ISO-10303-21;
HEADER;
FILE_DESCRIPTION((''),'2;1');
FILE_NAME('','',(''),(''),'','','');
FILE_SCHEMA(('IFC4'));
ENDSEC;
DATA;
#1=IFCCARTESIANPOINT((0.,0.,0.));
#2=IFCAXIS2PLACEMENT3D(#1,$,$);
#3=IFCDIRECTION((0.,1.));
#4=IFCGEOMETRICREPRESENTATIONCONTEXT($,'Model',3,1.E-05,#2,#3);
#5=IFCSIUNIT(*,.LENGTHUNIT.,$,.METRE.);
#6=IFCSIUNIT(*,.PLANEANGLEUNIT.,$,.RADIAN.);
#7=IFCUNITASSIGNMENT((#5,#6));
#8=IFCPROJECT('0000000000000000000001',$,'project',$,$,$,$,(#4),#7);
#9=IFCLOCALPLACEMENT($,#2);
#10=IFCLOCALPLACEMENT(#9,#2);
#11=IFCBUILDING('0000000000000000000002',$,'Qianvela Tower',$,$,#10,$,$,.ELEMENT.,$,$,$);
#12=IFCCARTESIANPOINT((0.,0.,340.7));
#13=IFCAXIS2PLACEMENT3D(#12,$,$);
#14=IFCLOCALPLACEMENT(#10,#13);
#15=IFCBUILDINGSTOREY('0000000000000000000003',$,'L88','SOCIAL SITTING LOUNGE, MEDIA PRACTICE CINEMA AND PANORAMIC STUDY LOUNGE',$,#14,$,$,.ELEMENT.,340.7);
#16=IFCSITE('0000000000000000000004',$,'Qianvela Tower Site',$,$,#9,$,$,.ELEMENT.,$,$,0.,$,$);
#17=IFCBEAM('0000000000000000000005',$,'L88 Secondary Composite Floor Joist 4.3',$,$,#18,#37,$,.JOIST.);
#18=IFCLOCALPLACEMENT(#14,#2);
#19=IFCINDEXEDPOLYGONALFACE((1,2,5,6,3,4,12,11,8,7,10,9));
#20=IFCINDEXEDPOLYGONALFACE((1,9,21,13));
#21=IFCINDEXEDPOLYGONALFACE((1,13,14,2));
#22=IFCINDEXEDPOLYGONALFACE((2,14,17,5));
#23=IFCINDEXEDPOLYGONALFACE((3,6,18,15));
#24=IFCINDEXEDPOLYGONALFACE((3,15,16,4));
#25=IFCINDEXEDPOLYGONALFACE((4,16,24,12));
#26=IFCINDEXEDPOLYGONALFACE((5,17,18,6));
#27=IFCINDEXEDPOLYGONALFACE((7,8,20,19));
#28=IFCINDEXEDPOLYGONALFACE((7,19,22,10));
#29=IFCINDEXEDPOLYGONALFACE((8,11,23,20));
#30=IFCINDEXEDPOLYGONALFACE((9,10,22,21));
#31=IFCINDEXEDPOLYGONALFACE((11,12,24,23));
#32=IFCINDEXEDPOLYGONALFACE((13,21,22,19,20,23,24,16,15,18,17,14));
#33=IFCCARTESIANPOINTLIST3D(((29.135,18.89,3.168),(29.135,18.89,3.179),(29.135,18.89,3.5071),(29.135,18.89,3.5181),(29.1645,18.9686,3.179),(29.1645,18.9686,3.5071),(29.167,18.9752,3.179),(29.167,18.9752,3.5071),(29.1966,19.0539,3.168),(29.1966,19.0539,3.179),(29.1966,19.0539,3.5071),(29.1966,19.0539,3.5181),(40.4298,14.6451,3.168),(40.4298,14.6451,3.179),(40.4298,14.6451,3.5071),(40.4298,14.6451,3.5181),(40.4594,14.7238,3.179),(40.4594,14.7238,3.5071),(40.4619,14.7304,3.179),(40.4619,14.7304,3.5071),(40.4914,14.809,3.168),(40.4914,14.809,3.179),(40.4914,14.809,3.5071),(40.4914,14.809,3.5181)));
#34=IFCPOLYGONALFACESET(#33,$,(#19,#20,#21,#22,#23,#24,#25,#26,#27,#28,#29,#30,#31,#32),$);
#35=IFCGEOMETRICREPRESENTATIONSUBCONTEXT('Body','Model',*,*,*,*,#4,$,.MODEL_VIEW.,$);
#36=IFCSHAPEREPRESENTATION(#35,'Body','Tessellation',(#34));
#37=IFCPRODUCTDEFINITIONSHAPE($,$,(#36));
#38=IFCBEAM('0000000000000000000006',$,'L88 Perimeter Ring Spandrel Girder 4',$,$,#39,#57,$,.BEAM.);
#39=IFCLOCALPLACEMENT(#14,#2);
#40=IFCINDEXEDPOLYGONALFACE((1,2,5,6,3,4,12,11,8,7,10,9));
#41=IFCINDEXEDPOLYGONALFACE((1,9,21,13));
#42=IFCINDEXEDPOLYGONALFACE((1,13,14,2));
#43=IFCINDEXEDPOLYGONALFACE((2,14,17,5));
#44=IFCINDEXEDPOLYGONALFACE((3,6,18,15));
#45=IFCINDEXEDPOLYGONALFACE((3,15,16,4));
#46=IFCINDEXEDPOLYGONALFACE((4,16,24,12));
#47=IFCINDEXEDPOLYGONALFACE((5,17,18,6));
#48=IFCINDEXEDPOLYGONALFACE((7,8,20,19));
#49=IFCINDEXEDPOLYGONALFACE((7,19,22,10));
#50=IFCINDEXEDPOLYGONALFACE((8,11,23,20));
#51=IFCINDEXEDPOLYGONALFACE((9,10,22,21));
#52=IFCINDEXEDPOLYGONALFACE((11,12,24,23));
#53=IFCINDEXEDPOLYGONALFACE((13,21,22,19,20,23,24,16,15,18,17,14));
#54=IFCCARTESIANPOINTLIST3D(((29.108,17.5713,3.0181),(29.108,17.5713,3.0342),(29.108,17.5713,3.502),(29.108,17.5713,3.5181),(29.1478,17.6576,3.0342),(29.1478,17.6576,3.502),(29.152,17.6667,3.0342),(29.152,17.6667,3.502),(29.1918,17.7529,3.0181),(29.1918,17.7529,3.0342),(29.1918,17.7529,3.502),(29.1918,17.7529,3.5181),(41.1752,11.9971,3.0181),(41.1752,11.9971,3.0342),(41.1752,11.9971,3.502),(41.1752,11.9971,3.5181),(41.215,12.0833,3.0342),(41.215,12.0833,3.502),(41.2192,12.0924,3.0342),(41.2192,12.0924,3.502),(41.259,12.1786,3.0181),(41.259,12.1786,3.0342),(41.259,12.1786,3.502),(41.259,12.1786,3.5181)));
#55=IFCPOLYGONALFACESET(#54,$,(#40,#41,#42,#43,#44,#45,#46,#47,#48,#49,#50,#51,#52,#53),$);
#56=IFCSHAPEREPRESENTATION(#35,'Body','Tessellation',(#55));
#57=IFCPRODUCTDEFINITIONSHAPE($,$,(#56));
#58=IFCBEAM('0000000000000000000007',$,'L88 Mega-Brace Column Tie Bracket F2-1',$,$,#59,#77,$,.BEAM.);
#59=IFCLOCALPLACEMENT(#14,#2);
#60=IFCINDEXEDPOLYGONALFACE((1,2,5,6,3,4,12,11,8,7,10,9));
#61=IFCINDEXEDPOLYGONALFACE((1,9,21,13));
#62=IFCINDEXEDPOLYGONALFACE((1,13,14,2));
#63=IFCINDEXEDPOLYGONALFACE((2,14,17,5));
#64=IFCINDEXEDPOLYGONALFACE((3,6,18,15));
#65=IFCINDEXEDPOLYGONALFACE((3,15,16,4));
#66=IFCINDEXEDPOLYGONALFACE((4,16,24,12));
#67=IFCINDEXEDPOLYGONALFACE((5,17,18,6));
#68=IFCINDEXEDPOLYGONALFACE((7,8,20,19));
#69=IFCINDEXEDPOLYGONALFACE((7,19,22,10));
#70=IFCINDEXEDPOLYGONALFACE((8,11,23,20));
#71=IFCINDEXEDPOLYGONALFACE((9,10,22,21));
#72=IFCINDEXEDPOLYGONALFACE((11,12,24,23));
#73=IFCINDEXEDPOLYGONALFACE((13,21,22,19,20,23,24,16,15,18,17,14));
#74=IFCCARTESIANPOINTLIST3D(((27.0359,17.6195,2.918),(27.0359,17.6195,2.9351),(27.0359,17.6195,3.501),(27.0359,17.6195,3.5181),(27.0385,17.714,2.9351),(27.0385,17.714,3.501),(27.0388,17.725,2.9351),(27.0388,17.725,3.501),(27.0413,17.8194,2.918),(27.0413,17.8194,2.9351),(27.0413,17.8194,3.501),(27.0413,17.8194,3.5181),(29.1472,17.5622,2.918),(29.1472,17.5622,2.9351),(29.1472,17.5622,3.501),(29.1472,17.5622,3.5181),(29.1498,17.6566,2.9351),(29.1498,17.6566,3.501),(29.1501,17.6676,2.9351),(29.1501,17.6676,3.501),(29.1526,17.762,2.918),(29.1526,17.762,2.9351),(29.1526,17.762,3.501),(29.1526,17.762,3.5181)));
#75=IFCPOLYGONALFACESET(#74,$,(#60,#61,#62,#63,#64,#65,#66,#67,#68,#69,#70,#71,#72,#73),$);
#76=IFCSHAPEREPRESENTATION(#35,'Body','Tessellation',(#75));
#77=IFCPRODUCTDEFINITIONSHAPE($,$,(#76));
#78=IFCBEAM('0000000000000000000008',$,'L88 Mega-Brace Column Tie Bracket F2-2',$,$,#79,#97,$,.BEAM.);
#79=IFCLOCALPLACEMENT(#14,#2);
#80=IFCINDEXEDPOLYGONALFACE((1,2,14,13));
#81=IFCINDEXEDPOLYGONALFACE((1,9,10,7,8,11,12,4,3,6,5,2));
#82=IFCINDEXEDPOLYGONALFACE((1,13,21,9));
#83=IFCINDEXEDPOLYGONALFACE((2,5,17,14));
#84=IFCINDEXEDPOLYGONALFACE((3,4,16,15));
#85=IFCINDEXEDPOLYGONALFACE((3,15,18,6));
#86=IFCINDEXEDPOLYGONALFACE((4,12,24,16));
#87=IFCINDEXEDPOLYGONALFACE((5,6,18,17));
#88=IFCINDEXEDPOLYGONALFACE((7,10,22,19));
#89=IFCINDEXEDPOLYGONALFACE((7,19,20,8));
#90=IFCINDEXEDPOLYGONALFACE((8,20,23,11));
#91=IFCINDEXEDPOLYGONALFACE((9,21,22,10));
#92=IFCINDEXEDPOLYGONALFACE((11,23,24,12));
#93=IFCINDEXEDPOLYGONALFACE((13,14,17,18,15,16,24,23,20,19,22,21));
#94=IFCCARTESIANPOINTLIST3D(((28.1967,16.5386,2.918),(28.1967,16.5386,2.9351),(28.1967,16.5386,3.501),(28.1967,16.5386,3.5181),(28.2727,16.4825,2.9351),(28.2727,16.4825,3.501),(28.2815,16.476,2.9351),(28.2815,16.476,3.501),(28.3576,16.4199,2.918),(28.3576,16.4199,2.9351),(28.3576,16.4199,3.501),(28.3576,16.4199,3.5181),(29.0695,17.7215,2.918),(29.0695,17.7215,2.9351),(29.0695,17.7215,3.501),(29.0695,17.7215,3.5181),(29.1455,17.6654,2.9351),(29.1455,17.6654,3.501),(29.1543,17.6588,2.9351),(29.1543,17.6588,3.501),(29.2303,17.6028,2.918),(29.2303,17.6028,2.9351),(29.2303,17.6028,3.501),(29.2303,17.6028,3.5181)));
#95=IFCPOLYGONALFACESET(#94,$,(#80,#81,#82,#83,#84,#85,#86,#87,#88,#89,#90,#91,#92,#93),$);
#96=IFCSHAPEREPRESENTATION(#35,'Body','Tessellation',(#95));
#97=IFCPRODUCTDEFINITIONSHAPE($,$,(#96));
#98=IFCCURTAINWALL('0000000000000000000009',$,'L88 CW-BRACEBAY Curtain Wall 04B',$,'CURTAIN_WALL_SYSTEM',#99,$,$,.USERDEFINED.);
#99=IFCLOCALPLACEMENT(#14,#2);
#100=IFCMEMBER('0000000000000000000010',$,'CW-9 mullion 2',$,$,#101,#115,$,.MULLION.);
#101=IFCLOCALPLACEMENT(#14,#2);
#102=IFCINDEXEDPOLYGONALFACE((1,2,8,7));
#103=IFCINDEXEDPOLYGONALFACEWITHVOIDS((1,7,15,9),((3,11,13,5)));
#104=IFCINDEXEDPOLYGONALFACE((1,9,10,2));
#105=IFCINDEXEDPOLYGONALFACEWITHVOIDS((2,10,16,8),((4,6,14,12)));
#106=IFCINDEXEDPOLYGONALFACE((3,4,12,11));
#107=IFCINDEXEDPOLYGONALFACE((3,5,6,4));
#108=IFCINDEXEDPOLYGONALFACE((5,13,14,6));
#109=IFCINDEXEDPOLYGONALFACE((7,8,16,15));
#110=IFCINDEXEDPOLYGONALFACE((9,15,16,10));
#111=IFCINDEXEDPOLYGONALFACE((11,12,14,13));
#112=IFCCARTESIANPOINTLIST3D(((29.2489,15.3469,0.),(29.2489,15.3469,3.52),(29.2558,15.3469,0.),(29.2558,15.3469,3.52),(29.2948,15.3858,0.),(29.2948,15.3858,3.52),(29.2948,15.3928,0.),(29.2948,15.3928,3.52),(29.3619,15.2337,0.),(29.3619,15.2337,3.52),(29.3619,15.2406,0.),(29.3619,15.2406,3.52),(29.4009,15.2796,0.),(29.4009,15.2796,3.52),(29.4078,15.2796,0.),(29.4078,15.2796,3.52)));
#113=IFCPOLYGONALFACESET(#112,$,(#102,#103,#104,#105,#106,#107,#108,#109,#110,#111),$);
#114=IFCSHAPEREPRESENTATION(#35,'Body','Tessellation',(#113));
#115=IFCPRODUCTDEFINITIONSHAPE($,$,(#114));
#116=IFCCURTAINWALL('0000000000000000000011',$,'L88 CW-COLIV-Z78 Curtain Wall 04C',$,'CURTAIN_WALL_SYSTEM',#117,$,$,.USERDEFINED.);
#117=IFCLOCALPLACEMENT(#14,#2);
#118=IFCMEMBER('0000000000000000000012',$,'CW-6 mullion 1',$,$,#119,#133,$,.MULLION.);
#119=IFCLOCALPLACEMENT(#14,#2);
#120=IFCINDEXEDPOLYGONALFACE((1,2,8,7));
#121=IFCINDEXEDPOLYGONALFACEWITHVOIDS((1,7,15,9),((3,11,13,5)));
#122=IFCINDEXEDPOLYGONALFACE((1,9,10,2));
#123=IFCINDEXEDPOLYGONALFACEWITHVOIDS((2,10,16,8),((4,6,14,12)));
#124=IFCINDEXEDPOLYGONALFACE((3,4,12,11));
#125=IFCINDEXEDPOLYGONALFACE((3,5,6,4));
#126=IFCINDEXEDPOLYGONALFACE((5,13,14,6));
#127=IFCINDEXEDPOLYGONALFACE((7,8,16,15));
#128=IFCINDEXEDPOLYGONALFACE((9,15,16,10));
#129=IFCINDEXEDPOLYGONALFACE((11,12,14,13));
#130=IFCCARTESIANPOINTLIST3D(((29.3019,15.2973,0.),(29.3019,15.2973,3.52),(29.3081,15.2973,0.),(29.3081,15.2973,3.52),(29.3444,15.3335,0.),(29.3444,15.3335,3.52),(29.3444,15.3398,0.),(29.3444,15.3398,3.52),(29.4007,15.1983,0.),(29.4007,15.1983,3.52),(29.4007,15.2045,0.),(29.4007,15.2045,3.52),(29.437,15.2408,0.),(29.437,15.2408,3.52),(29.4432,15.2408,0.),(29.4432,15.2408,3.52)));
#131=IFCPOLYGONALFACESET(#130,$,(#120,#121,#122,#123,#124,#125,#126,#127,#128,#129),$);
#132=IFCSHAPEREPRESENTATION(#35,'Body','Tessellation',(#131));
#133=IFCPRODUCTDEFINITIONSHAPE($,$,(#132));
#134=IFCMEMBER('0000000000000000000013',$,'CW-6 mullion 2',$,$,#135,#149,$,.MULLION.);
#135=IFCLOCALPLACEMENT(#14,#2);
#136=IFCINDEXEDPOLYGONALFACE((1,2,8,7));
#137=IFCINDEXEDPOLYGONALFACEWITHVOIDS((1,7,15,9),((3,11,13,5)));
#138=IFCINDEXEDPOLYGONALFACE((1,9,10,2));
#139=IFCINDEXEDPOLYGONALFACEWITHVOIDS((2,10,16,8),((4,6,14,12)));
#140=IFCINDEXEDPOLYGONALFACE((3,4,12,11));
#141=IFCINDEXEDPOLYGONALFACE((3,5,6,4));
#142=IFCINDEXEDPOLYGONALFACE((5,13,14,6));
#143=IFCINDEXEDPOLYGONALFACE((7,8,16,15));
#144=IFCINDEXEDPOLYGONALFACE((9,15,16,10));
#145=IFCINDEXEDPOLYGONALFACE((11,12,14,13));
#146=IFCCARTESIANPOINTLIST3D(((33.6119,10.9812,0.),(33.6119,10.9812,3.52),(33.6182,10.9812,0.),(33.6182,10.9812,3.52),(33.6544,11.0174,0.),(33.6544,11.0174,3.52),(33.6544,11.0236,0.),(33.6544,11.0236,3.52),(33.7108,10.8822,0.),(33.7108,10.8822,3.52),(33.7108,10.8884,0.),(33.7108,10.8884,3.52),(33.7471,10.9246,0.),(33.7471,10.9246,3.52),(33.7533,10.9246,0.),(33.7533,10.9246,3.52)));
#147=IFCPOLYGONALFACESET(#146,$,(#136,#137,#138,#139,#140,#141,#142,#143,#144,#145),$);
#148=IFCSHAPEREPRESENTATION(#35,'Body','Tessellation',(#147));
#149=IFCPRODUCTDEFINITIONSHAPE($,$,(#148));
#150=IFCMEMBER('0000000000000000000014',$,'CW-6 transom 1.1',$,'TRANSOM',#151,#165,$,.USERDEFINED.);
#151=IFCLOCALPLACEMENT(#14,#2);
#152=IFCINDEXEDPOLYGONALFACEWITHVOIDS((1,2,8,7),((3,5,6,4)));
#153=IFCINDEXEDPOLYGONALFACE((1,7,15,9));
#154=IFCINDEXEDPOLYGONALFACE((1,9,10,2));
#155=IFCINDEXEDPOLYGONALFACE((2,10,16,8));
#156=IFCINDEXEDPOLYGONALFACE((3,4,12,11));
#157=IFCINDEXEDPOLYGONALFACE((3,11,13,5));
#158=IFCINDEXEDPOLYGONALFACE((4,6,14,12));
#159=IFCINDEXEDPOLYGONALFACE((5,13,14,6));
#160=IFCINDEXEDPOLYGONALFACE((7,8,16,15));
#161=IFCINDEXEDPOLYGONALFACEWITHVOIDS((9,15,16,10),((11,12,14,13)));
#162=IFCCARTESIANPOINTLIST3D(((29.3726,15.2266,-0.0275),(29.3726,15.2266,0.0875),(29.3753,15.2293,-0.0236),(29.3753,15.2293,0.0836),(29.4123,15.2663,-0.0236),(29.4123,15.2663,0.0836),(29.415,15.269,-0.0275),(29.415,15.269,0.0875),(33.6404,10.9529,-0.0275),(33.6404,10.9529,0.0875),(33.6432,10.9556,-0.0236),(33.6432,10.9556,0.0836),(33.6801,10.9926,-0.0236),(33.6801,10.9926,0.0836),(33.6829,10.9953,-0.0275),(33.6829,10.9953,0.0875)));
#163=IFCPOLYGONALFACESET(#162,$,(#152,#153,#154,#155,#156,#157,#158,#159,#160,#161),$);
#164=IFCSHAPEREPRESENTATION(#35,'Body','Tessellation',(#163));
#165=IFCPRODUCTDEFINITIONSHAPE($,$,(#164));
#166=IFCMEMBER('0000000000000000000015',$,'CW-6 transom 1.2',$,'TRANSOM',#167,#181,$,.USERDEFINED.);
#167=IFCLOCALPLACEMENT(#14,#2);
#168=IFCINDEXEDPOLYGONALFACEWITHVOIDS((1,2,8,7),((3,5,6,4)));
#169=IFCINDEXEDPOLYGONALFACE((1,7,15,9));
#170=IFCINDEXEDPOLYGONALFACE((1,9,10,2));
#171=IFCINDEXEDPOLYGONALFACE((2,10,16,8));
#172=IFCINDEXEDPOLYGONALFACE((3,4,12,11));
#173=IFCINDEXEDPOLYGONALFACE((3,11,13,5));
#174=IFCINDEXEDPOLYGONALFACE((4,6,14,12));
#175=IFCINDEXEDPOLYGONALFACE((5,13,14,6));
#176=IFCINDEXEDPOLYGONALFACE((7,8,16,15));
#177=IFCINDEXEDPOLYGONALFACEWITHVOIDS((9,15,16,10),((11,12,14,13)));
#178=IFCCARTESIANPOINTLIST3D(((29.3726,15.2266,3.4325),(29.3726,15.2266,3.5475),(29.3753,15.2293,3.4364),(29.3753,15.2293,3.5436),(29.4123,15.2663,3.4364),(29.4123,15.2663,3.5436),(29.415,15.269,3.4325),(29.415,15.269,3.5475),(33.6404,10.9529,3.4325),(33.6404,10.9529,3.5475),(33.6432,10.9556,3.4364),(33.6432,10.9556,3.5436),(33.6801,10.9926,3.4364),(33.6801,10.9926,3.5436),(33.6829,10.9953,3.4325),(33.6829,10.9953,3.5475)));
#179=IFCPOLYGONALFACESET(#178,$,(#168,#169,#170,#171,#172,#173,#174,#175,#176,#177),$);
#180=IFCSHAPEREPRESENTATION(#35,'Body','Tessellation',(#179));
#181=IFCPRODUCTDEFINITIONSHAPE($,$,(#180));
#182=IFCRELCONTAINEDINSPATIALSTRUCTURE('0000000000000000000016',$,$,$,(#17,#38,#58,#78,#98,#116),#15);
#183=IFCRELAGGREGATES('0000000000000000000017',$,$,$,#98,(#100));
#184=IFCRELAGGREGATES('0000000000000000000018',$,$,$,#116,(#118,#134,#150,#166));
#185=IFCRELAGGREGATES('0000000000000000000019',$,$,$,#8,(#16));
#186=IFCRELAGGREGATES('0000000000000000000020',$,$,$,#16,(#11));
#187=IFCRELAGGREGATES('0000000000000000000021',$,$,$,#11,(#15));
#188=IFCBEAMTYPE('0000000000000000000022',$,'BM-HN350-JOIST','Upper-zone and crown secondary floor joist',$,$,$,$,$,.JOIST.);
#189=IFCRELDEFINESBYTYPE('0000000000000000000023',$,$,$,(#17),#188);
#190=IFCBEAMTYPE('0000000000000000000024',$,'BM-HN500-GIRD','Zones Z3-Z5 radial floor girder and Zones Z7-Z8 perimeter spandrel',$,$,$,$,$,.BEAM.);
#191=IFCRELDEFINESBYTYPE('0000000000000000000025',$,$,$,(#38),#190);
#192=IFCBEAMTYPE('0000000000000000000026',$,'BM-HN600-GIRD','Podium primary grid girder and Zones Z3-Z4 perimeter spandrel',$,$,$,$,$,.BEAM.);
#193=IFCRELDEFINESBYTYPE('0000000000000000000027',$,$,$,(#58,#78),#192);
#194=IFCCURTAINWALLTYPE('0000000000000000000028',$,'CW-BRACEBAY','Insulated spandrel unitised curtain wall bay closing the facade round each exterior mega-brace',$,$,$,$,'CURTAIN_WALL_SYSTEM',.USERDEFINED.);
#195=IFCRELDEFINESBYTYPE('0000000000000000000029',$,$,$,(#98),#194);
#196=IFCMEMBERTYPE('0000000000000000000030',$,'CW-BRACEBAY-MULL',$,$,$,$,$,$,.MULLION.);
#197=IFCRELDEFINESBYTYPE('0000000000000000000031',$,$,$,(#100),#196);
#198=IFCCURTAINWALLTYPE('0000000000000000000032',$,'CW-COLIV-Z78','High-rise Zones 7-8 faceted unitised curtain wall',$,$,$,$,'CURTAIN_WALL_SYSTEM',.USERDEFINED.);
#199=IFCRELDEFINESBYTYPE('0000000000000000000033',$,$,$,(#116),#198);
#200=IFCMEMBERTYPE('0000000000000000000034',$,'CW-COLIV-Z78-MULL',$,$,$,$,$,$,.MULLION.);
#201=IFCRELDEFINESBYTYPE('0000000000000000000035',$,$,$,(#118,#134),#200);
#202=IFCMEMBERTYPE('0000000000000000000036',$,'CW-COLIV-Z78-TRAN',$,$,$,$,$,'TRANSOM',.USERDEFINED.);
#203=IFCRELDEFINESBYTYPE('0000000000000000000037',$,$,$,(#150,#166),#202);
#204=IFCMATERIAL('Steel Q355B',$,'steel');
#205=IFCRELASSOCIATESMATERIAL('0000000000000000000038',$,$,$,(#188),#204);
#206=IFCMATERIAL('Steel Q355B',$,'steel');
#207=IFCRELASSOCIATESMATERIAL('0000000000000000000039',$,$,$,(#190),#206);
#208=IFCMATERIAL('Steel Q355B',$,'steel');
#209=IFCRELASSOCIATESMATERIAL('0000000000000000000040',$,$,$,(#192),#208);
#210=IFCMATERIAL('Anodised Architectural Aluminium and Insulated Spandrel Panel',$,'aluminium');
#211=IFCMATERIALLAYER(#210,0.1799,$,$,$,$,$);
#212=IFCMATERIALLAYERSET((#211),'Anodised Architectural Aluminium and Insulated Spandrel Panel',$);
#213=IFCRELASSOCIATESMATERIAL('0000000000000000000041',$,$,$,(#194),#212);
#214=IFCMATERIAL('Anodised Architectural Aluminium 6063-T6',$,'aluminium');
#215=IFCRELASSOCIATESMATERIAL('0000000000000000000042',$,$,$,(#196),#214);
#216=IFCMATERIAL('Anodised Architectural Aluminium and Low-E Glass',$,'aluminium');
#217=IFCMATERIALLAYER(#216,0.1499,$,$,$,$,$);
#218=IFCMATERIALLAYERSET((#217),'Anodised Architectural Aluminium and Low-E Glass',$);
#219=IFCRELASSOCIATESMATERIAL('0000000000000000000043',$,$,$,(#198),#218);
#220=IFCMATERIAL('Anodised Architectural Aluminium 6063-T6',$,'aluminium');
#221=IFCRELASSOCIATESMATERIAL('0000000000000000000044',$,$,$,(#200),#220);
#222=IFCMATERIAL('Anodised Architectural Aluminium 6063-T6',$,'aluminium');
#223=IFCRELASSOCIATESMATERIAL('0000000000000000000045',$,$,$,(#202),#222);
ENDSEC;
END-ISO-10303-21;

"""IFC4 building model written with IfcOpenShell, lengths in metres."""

from ifc_helpers import new_model, si_unit, direction, frame, origin, origin_2d, place, context, subcontext, project, spatial, hollow_rectangle, i_section, extrude, material, layer, layer_set, material_profile, profile_set, type_object, element, aggregate, save


model = new_model("IFC4")

# Units and contexts
model_context = context("Model", 3, precision=1e-05, world=origin(), true_north=direction((0.0, 1.0)))
body_context = subcontext(model_context, "Body", "Model", "MODEL_VIEW")
ifc_project = project(units=[si_unit("LENGTHUNIT", "METRE"), si_unit("PLANEANGLEUNIT", "RADIAN")], contexts=[model_context])

# Site, building, storey
site_placement = place(None, origin())
site = spatial("IfcSite", under=ifc_project, at=site_placement, Name="Qianvela Tower Site", CompositionType="ELEMENT", RefElevation=0.0)
building_placement = place(site_placement, origin())
building = spatial("IfcBuilding", under=site, at=building_placement, Name="Qianvela Tower", CompositionType="ELEMENT")
storey_placement = place(building_placement, frame((0.0, 0.0, 340.7)))
storey = spatial("IfcBuildingStorey", under=building, at=storey_placement, Name="L88", Description="SOCIAL SITTING LOUNGE, MEDIA PRACTICE CINEMA AND PANORAMIC STUDY LOUNGE", CompositionType="ELEMENT", Elevation=340.7)

# Beams
ifc_material_1 = material(Name="Steel Q355B", Category="steel")
ifc_material_profile_1 = material_profile(ifc_material_1, i_section(OverallWidth=0.175, OverallDepth=0.3501, WebThickness=0.0071, FlangeThickness=0.011, at=origin_2d()), Name="HN350x175x7x11")
ifc_profile_set_1 = profile_set([ifc_material_profile_1], Name="Steel Q355B")
beam_type_1 = type_object("IfcBeamType", Name="BM-HN350-JOIST", Description="Upper-zone and crown secondary floor joist", PredefinedType="JOIST", material=ifc_profile_set_1)
beam_1_placement = place(storey_placement, frame((29.1658, 18.9719, 3.343), z_axis=(0.936076, -0.351797, 0.0), x_axis=(0.351797, 0.936076, 0.0)))
element("IfcBeam", 1, at=beam_1_placement, inside=storey, type_object=beam_type_1, Name="L88 Secondary Composite Floor Joist 4.3", PredefinedType="JOIST", context=body_context, shape_type="SweptSolid", body=[
    extrude(i_section(OverallWidth=0.175, OverallDepth=0.3501, WebThickness=0.0071, FlangeThickness=0.011, at=origin_2d()), origin(), (0.0, 0.0, 1.0), 12.0662),
])
ifc_material_2 = material(Name="Steel Q355B", Category="steel")
ifc_material_profile_2 = material_profile(ifc_material_2, i_section(OverallWidth=0.2, OverallDepth=0.5, WebThickness=0.01, FlangeThickness=0.0161, at=origin_2d()), Name="HN500x200x10x16")
ifc_profile_set_2 = profile_set([ifc_material_profile_2], Name="Steel Q355B")
beam_type_2 = type_object("IfcBeamType", Name="BM-HN500-GIRD", Description="Zones Z3-Z5 radial floor girder and Zones Z7-Z8 perimeter spandrel", PredefinedType="BEAM", material=ifc_profile_set_2)
beam_2_placement = place(storey_placement, frame((29.1499, 17.6621, 3.2681), z_axis=(0.907823, -0.419354, 0.0), x_axis=(0.419354, 0.907823, 0.0)))
element("IfcBeam", 2, at=beam_2_placement, inside=storey, type_object=beam_type_2, Name="L88 Perimeter Ring Spandrel Girder 4", PredefinedType="BEAM", context=body_context, shape_type="SweptSolid", body=[
    extrude(i_section(OverallWidth=0.2, OverallDepth=0.5, WebThickness=0.01, FlangeThickness=0.0161, at=origin_2d()), origin(), (0.0, 0.0, 1.0), 13.2925),
])
ifc_material_3 = material(Name="Steel Q355B", Category="steel")
ifc_material_profile_3 = material_profile(ifc_material_3, i_section(OverallWidth=0.2, OverallDepth=0.6001, WebThickness=0.011, FlangeThickness=0.0171, at=origin_2d()), Name="HN600x200x11x17")
ifc_profile_set_3 = profile_set([ifc_material_profile_3], Name="Steel Q355B")
beam_type_3 = type_object("IfcBeamType", Name="BM-HN600-GIRD", Description="Podium primary grid girder and Zones Z3-Z4 perimeter spandrel", PredefinedType="BEAM", material=ifc_profile_set_3)
beam_3_placement = place(storey_placement, frame((29.1499, 17.6621, 3.218), z_axis=(-0.999631, 0.027164, 0.0), x_axis=(-0.027164, -0.999631, 0.0)))
element("IfcBeam", 3, at=beam_3_placement, inside=storey, type_object=beam_type_3, Name="L88 Mega-Brace Column Tie Bracket F2-1", PredefinedType="BEAM", context=body_context, shape_type="SweptSolid", body=[
    extrude(i_section(OverallWidth=0.2, OverallDepth=0.6001, WebThickness=0.011, FlangeThickness=0.0171, at=origin_2d()), origin(), (0.0, 0.0, 1.0), 2.1121),
])
beam_4_placement = place(storey_placement, frame((29.1499, 17.6621, 3.218), z_axis=(-0.593737, -0.804659, 0.0), x_axis=(0.804659, -0.593737, 0.0)))
element("IfcBeam", 4, at=beam_4_placement, inside=storey, type_object=beam_type_3, Name="L88 Mega-Brace Column Tie Bracket F2-2", PredefinedType="BEAM", context=body_context, shape_type="SweptSolid", body=[
    extrude(i_section(OverallWidth=0.2, OverallDepth=0.6001, WebThickness=0.011, FlangeThickness=0.0171, at=origin_2d()), origin(), (0.0, 0.0, 1.0), 1.47),
])

# Curtain wall, member
ifc_material_4 = material(Name="Anodised Architectural Aluminium and Insulated Spandrel Panel", Category="aluminium")
ifc_layer_1 = layer(ifc_material_4, 0.1799)
ifc_layer_set_1 = layer_set([ifc_layer_1], Name="Anodised Architectural Aluminium and Insulated Spandrel Panel")
curtain_wall_type_1 = type_object("IfcCurtainWallType", Name="CW-BRACEBAY", Description="Insulated spandrel unitised curtain wall bay closing the facade round each exterior mega-brace", ElementType="CURTAIN_WALL_SYSTEM", PredefinedType="USERDEFINED", material=ifc_layer_set_1)
curtain_wall_1_placement = place(storey_placement, origin())
curtain_wall_1 = element("IfcCurtainWall", 5, at=curtain_wall_1_placement, inside=storey, type_object=curtain_wall_type_1, Name="L88 CW-BRACEBAY Curtain Wall 04B", ObjectType="CURTAIN_WALL_SYSTEM", PredefinedType="USERDEFINED")
ifc_material_5 = material(Name="Anodised Architectural Aluminium 6063-T6", Category="aluminium")
ifc_material_profile_4 = material_profile(ifc_material_5, hollow_rectangle(XDim=0.0649, YDim=0.1599, WallThickness=0.0049, at=origin_2d()), Name="ALU-MULL-65x160")
ifc_profile_set_4 = profile_set([ifc_material_profile_4], Name="Anodised Architectural Aluminium 6063-T6")
member_type_1 = type_object("IfcMemberType", Name="CW-BRACEBAY-MULL", PredefinedType="MULLION", material=ifc_profile_set_4)
member_1_placement = place(storey_placement, frame((29.3284, 15.3132, 0.0), z_axis=(0.0, 0.0, 1.0), x_axis=(0.707595, 0.706618, 0.0)))
member_1 = element("IfcMember", 6, at=member_1_placement, type_object=member_type_1, Name="CW-9 mullion 2", PredefinedType="MULLION", context=body_context, shape_type="SweptSolid", body=[
    extrude(hollow_rectangle(XDim=0.0649, YDim=0.1599, WallThickness=0.0049, at=origin_2d()), origin(), (0.0, 0.0, 1.0), 3.52),
])

# Curtain wall, members
ifc_material_6 = material(Name="Anodised Architectural Aluminium and Low-E Glass", Category="aluminium")
ifc_layer_2 = layer(ifc_material_6, 0.1499)
ifc_layer_set_2 = layer_set([ifc_layer_2], Name="Anodised Architectural Aluminium and Low-E Glass")
curtain_wall_type_2 = type_object("IfcCurtainWallType", Name="CW-COLIV-Z78", Description="High-rise Zones 7-8 faceted unitised curtain wall", ElementType="CURTAIN_WALL_SYSTEM", PredefinedType="USERDEFINED", material=ifc_layer_set_2)
curtain_wall_2_placement = place(storey_placement, origin())
curtain_wall_2 = element("IfcCurtainWall", 7, at=curtain_wall_2_placement, inside=storey, type_object=curtain_wall_type_2, Name="L88 CW-COLIV-Z78 Curtain Wall 04C", ObjectType="CURTAIN_WALL_SYSTEM", PredefinedType="USERDEFINED")
ifc_material_7 = material(Name="Anodised Architectural Aluminium 6063-T6", Category="aluminium")
ifc_material_profile_5 = material_profile(ifc_material_7, hollow_rectangle(XDim=0.0601, YDim=0.1399, WallThickness=0.0044, at=origin_2d()), Name="ALU-MULL-60x140")
ifc_profile_set_5 = profile_set([ifc_material_profile_5], Name="Anodised Architectural Aluminium 6063-T6")
member_type_2 = type_object("IfcMemberType", Name="CW-COLIV-Z78-MULL", PredefinedType="MULLION", material=ifc_profile_set_5)
member_2_placement = place(storey_placement, frame((29.3726, 15.269, 0.0), z_axis=(0.0, 0.0, 1.0), x_axis=(0.7076, 0.706613, 0.0)))
member_2 = element("IfcMember", 8, at=member_2_placement, type_object=member_type_2, Name="CW-6 mullion 1", PredefinedType="MULLION", context=body_context, shape_type="SweptSolid", body=[
    extrude(hollow_rectangle(XDim=0.0601, YDim=0.1399, WallThickness=0.0044, at=origin_2d()), origin(), (0.0, 0.0, 1.0), 3.52),
])
member_3_placement = place(storey_placement, frame((33.6826, 10.9529, 0.0), z_axis=(0.0, 0.0, 1.0), x_axis=(0.7076, 0.706613, 0.0)))
member_3 = element("IfcMember", 9, at=member_3_placement, type_object=member_type_2, Name="CW-6 mullion 2", PredefinedType="MULLION", context=body_context, shape_type="SweptSolid", body=[
    extrude(hollow_rectangle(XDim=0.0601, YDim=0.1399, WallThickness=0.0044, at=origin_2d()), origin(), (0.0, 0.0, 1.0), 3.52),
])
ifc_material_8 = material(Name="Anodised Architectural Aluminium 6063-T6", Category="aluminium")
ifc_material_profile_6 = material_profile(ifc_material_8, hollow_rectangle(XDim=0.0601, YDim=0.115, WallThickness=0.0039, at=origin_2d()), Name="ALU-TRAN-60x115")
ifc_profile_set_6 = profile_set([ifc_material_profile_6], Name="Anodised Architectural Aluminium 6063-T6")
member_type_3 = type_object("IfcMemberType", Name="CW-COLIV-Z78-TRAN", ElementType="TRANSOM", PredefinedType="USERDEFINED", material=ifc_profile_set_6)
member_4_placement = place(storey_placement, frame((29.3938, 15.2478, 0.03), z_axis=(0.706622, -0.707592, 0.0), x_axis=(0.707592, 0.706622, 0.0)))
member_4 = element("IfcMember", 10, at=member_4_placement, type_object=member_type_3, Name="CW-6 transom 1.1", ObjectType="TRANSOM", PredefinedType="USERDEFINED", context=body_context, shape_type="SweptSolid", body=[
    extrude(hollow_rectangle(XDim=0.0601, YDim=0.115, WallThickness=0.0039, at=origin_2d()), origin(), (0.0, 0.0, 1.0), 6.0398),
])
member_5_placement = place(storey_placement, frame((29.3938, 15.2478, 3.49), z_axis=(0.706622, -0.707592, 0.0), x_axis=(0.707592, 0.706622, 0.0)))
member_5 = element("IfcMember", 11, at=member_5_placement, type_object=member_type_3, Name="CW-6 transom 1.2", ObjectType="TRANSOM", PredefinedType="USERDEFINED", context=body_context, shape_type="SweptSolid", body=[
    extrude(hollow_rectangle(XDim=0.0601, YDim=0.115, WallThickness=0.0039, at=origin_2d()), origin(), (0.0, 0.0, 1.0), 6.0398),
])

aggregate(curtain_wall_1, [member_1])
aggregate(curtain_wall_2, [member_2, member_3, member_4, member_5])

save(model, "model.ifc")
